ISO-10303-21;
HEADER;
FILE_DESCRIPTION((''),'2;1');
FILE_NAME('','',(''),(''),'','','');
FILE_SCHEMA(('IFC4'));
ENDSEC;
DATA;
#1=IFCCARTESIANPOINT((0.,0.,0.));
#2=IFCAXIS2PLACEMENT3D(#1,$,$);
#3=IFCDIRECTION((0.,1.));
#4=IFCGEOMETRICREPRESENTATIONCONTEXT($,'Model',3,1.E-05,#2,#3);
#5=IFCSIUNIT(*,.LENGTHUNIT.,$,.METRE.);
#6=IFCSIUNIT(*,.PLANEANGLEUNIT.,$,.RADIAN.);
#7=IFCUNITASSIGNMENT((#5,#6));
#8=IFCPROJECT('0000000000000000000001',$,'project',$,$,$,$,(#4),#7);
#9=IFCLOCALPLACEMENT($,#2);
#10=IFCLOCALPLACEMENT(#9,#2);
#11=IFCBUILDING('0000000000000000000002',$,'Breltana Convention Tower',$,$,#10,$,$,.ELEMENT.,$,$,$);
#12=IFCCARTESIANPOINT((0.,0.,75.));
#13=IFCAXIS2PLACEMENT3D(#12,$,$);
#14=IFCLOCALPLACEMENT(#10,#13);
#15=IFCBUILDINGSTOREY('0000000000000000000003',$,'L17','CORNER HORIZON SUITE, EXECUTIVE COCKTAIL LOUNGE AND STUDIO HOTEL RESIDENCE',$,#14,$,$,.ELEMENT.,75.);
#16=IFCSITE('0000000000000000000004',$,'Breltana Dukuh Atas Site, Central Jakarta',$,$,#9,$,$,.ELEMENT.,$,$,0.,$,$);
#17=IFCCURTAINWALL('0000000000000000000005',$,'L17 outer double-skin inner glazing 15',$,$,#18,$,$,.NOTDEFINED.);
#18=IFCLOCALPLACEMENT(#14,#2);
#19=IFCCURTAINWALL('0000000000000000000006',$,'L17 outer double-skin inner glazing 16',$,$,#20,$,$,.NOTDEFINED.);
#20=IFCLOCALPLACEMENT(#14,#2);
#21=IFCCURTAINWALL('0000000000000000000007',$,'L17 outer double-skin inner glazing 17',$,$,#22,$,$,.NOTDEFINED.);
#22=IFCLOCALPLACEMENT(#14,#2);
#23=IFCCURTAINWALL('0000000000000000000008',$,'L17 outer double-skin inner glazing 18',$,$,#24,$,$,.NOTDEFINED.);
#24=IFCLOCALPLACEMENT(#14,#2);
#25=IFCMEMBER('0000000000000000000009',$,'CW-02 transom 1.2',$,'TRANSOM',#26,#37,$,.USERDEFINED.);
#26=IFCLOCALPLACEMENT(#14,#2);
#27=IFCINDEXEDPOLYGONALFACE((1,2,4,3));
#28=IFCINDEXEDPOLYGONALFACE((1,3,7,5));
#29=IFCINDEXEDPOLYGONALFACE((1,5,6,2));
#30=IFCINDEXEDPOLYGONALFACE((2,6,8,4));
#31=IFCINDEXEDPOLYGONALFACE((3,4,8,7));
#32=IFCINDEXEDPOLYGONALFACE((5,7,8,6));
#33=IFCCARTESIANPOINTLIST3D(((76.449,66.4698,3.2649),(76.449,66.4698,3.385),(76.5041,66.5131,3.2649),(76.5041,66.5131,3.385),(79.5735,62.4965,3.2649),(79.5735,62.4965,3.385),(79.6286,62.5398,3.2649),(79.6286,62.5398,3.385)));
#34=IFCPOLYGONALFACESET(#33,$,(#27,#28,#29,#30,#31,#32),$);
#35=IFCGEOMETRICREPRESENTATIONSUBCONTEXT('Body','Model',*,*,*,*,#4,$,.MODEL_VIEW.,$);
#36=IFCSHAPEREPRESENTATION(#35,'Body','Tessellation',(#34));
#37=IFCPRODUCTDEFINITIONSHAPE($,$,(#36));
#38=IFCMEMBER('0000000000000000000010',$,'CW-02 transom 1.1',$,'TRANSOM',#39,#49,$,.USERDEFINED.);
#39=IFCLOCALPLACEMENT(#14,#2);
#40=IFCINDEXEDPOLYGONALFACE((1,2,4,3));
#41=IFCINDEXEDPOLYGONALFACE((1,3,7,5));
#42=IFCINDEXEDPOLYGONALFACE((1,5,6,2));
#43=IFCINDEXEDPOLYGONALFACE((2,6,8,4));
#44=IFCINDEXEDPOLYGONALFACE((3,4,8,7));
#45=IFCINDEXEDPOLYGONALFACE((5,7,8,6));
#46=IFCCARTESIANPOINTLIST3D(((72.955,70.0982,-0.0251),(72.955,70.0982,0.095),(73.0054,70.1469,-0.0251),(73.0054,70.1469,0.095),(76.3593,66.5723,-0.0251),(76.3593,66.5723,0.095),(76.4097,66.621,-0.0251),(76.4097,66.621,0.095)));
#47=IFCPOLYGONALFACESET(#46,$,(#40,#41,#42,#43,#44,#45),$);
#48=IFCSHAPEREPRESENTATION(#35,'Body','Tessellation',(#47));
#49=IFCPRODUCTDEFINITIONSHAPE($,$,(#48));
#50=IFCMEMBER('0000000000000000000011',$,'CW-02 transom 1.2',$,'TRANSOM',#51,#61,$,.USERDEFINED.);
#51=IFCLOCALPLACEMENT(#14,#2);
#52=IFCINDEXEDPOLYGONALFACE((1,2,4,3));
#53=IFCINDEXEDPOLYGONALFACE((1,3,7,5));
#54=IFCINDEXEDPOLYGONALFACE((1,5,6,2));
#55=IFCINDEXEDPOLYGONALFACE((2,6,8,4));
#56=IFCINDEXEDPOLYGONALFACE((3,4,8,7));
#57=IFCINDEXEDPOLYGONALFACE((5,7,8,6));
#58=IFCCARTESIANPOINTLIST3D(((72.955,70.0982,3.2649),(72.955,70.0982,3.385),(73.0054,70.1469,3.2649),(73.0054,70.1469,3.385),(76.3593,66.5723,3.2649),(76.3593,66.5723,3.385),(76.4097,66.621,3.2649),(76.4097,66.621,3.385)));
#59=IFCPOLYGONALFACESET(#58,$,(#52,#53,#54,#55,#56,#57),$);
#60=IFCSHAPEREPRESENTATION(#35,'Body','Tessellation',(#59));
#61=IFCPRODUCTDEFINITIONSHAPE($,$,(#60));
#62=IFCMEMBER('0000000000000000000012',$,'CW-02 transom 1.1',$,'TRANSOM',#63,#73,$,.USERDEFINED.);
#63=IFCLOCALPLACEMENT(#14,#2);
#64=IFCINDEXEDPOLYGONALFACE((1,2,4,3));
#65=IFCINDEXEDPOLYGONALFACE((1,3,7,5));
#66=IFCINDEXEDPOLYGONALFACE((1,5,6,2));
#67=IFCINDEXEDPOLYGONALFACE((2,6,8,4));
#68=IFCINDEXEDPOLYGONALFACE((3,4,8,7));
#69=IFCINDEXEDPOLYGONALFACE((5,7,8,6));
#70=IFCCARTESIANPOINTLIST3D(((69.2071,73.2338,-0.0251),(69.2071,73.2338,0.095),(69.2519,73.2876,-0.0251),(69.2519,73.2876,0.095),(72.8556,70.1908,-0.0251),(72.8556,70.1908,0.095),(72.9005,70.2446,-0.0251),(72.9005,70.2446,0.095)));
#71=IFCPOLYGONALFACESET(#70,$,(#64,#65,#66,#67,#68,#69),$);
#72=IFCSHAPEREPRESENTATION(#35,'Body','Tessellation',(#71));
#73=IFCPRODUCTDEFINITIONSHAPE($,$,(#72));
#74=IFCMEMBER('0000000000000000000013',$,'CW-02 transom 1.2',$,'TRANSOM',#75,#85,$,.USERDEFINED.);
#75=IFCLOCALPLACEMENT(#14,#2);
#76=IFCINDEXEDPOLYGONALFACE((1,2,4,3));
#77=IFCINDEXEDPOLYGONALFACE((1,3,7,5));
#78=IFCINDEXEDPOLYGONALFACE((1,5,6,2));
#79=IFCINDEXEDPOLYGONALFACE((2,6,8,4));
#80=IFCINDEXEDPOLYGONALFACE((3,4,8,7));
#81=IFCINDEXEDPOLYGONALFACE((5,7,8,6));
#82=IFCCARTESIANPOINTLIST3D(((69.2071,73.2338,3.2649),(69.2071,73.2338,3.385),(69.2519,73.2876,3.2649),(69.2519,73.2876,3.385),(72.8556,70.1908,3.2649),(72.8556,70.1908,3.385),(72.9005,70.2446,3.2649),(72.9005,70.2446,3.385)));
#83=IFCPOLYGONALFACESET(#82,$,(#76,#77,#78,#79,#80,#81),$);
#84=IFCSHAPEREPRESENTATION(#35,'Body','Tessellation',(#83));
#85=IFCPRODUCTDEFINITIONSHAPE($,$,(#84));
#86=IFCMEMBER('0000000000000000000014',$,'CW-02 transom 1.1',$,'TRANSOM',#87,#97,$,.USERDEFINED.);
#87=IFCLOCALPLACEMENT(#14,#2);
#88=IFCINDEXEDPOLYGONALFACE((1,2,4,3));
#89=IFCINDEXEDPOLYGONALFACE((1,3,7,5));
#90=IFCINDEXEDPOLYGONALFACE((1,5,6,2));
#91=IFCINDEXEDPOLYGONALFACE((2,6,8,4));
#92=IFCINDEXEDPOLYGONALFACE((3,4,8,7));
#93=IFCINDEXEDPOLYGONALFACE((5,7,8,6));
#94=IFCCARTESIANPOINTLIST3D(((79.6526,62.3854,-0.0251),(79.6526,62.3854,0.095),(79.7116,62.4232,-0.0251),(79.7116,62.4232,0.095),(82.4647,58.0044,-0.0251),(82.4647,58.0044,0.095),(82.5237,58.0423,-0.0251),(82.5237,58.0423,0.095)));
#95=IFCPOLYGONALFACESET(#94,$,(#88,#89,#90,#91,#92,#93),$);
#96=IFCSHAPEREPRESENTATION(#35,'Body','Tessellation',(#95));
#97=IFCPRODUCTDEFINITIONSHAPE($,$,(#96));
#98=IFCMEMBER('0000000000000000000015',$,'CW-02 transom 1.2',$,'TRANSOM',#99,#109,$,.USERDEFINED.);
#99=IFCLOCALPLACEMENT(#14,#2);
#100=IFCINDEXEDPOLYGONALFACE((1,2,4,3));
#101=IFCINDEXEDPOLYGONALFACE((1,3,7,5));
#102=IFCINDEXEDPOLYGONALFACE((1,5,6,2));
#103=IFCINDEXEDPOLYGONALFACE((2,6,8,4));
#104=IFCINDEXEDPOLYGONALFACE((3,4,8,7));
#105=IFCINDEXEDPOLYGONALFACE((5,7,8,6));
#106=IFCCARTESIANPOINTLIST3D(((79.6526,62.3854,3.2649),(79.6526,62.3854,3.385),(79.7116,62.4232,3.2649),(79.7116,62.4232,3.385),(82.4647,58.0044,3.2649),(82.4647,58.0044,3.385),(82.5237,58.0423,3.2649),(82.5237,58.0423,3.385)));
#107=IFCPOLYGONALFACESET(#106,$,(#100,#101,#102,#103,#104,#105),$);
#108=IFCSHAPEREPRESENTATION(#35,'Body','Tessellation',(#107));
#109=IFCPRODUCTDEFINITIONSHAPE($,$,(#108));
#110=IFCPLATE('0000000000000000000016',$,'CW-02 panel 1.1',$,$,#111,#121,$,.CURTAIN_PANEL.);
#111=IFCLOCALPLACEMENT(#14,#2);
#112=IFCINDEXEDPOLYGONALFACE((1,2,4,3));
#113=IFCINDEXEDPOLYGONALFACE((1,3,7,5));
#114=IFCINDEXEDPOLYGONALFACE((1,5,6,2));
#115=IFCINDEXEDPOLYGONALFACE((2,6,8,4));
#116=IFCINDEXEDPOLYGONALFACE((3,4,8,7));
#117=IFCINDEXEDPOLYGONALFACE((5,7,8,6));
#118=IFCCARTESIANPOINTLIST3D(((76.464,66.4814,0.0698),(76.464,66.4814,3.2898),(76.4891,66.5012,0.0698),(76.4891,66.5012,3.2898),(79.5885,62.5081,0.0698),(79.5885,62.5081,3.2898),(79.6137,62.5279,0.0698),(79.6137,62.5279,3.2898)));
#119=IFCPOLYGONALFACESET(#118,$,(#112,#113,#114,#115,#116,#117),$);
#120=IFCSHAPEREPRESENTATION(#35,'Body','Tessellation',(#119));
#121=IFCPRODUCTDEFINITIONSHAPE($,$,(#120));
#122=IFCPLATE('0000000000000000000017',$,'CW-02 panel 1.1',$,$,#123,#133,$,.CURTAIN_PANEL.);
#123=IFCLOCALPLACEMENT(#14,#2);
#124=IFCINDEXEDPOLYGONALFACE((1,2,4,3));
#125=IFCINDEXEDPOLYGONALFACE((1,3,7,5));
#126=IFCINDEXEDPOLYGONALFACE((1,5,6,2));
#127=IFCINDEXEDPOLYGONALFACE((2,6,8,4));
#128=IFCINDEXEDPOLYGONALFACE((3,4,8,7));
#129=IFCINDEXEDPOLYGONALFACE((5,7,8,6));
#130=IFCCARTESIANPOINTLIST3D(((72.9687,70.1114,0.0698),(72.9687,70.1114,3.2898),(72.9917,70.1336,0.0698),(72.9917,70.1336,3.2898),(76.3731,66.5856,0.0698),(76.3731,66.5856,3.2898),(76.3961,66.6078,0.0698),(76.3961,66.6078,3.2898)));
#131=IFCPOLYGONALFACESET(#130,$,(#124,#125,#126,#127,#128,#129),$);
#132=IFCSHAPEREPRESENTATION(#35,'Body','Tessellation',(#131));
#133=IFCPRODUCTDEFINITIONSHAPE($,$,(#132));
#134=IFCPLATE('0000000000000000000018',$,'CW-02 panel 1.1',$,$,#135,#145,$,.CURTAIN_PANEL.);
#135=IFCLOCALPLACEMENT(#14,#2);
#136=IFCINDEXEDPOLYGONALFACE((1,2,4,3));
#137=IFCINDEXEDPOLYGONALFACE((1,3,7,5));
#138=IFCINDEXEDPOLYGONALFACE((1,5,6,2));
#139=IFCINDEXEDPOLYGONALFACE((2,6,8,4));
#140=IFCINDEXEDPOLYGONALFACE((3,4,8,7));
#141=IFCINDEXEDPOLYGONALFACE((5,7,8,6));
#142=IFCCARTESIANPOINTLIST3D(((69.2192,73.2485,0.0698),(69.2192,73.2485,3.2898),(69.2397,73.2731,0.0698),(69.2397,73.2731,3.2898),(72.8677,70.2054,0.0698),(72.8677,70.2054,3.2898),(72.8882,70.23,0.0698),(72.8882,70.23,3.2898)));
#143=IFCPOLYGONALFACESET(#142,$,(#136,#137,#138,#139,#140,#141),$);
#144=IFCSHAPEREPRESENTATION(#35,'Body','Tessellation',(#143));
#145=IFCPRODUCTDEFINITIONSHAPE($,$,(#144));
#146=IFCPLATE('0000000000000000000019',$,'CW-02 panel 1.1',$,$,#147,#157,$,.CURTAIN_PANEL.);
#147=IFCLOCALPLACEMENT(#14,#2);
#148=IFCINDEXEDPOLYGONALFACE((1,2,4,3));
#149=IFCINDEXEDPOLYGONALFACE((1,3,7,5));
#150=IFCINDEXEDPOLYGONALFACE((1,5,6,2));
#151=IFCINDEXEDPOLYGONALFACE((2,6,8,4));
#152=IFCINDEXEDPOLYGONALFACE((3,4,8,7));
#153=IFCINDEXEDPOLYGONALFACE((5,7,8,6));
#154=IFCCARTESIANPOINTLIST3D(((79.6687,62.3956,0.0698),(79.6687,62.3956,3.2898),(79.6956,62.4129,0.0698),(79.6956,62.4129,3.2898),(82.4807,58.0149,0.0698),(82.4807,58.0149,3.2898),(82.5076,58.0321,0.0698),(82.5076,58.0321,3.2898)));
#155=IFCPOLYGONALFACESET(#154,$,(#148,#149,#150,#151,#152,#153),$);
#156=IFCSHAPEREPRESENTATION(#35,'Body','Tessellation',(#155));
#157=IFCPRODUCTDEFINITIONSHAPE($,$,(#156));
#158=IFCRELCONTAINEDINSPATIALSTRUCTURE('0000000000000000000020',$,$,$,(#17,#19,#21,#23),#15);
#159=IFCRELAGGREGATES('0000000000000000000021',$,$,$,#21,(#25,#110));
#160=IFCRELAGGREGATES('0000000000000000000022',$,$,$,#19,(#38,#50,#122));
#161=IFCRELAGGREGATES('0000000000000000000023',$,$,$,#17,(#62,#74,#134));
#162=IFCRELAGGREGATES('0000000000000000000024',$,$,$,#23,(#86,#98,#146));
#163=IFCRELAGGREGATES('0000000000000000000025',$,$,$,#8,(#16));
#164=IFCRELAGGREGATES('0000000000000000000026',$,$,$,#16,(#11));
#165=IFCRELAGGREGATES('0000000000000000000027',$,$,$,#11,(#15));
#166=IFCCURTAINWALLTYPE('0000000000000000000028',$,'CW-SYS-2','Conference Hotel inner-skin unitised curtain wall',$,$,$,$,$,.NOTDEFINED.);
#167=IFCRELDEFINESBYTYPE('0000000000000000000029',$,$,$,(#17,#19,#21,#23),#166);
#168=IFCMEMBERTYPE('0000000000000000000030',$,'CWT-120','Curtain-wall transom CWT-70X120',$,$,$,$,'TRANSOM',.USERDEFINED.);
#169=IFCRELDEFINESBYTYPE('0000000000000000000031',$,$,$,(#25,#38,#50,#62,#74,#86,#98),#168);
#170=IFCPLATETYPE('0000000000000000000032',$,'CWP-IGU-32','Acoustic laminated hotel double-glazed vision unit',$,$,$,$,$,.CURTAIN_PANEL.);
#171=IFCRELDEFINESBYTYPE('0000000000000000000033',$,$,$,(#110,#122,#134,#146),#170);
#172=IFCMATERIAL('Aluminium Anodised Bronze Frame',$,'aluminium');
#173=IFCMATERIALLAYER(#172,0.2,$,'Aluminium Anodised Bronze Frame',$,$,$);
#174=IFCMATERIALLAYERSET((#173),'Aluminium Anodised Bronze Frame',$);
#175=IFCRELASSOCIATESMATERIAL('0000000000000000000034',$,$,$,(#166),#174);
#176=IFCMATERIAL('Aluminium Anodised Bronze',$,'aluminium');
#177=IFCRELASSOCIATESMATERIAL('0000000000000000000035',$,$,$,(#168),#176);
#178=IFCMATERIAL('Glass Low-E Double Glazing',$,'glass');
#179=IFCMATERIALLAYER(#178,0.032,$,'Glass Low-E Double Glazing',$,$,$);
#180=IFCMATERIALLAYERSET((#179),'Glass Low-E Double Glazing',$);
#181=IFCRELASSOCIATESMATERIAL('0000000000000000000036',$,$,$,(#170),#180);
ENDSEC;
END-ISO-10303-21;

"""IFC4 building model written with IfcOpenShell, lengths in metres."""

from ifc_helpers import new_model, si_unit, direction, frame, origin, origin_2d, place, context, subcontext, project, spatial, rectangle, extrude, source, transform, mapped, material, layer, layer_set, material_profile, profile_set, type_object, element, aggregate, save


model = new_model("IFC4")

# Units and contexts
model_context = context("Model", 3, precision=1e-05, world=origin(), true_north=direction((0.0, 1.0)))
body_context = subcontext(model_context, "Body", "Model", "MODEL_VIEW")
ifc_project = project(units=[si_unit("LENGTHUNIT", "METRE"), si_unit("PLANEANGLEUNIT", "RADIAN")], contexts=[model_context])

# Site, building, storey
site_placement = place(None, origin())
site = spatial("IfcSite", under=ifc_project, at=site_placement, Name="Breltana Dukuh Atas Site, Central Jakarta", CompositionType="ELEMENT", RefElevation=0.0)
building_placement = place(site_placement, origin())
building = spatial("IfcBuilding", under=site, at=building_placement, Name="Breltana Convention Tower", CompositionType="ELEMENT")
storey_placement = place(building_placement, frame((0.0, 0.0, 75.0)))
storey = spatial("IfcBuildingStorey", under=building, at=storey_placement, Name="L17", Description="CORNER HORIZON SUITE, EXECUTIVE COCKTAIL LOUNGE AND STUDIO HOTEL RESIDENCE", CompositionType="ELEMENT", Elevation=75.0)

# Curtain walls
ifc_material_1 = material(Name="Aluminium Anodised Bronze Frame", Category="aluminium")
ifc_layer_1 = layer(ifc_material_1, 0.2, Name="Aluminium Anodised Bronze Frame")
ifc_layer_set_1 = layer_set([ifc_layer_1], Name="Aluminium Anodised Bronze Frame")
curtain_wall_type = type_object("IfcCurtainWallType", Name="CW-SYS-2", Description="Conference Hotel inner-skin unitised curtain wall", PredefinedType="NOTDEFINED", material=ifc_layer_set_1)
curtain_wall_1_placement = place(storey_placement, origin())
curtain_wall_1 = element("IfcCurtainWall", 1, at=curtain_wall_1_placement, inside=storey, type_object=curtain_wall_type, Name="L17 outer double-skin inner glazing 15", PredefinedType="NOTDEFINED")
ifc_material_2 = material(Name="Aluminium Anodised Bronze", Category="aluminium")
curtain_wall_2_placement = place(storey_placement, origin())
curtain_wall_2 = element("IfcCurtainWall", 2, at=curtain_wall_2_placement, inside=storey, type_object=curtain_wall_type, Name="L17 outer double-skin inner glazing 16", PredefinedType="NOTDEFINED")
curtain_wall_3_placement = place(storey_placement, origin())
curtain_wall_3 = element("IfcCurtainWall", 3, at=curtain_wall_3_placement, inside=storey, type_object=curtain_wall_type, Name="L17 outer double-skin inner glazing 17", PredefinedType="NOTDEFINED")
curtain_wall_4_placement = place(storey_placement, origin())
curtain_wall_4 = element("IfcCurtainWall", 4, at=curtain_wall_4_placement, inside=storey, type_object=curtain_wall_type, Name="L17 outer double-skin inner glazing 18", PredefinedType="NOTDEFINED")

# Members
ifc_material_profile_1 = material_profile(ifc_material_2, rectangle(XDim=0.0701, YDim=0.1201, at=origin_2d()), Name="CWT-70X120")
ifc_profile_set_1 = profile_set([ifc_material_profile_1], Name="Aluminium Anodised Bronze")
member_type_1 = type_object("IfcMemberType", Name="CWT-120", Description="Curtain-wall transom CWT-70X120", ElementType="TRANSOM", PredefinedType="USERDEFINED", material=ifc_profile_set_1)
shared_shape_1 = source(origin(), body_context, "Body", "SweptSolid", [
    extrude(rectangle(XDim=0.0701, YDim=0.1201, at=origin_2d()), origin(), (0.0, 0.0, 1.0), 5.0547),
])
member_1_placement = place(storey_placement, frame((76.4766, 66.4915, 3.325), z_axis=(0.618135, -0.786072, 0.0), x_axis=(0.786072, 0.618135, 0.0)))
member_1 = element("IfcMember", 5, at=member_1_placement, type_object=member_type_1, Name="CW-02 transom 1.2", ObjectType="TRANSOM", PredefinedType="USERDEFINED", context=body_context, shape_type="MappedRepresentation", body=[
    mapped(shared_shape_1, transform((0.0, 0.0, 0.0), scale=1.0)),
])
shared_shape_2 = source(origin(), body_context, "Body", "SweptSolid", [
    extrude(rectangle(XDim=0.0701, YDim=0.1201, at=origin_2d()), origin(), (0.0, 0.0, 1.0), 4.9011),
])
member_2_placement = place(storey_placement, frame((72.9802, 70.1226, 0.0349), z_axis=(0.694595, -0.719401, 0.0), x_axis=(0.719401, 0.694595, 0.0)))
member_2 = element("IfcMember", 6, at=member_2_placement, type_object=member_type_1, Name="CW-02 transom 1.1", ObjectType="TRANSOM", PredefinedType="USERDEFINED", context=body_context, shape_type="MappedRepresentation", body=[
    mapped(shared_shape_2, transform((0.0, 0.0, 0.0), scale=1.0)),
])
member_3_placement = place(storey_placement, frame((72.9802, 70.1226, 3.325), z_axis=(0.694595, -0.719401, 0.0), x_axis=(0.719401, 0.694595, 0.0)))
member_3 = element("IfcMember", 7, at=member_3_placement, type_object=member_type_1, Name="CW-02 transom 1.2", ObjectType="TRANSOM", PredefinedType="USERDEFINED", context=body_context, shape_type="MappedRepresentation", body=[
    mapped(shared_shape_2, transform((0.0, 0.0, 0.0), scale=1.0)),
])
shared_shape_3 = source(origin(), body_context, "Body", "SweptSolid", [
    extrude(rectangle(XDim=0.0701, YDim=0.1201, at=origin_2d()), origin(), (0.0, 0.0, 1.0), 4.751),
])
member_4_placement = place(storey_placement, frame((69.2295, 73.2607, 0.0349), z_axis=(0.767952, -0.640508, 0.0), x_axis=(0.640508, 0.767952, 0.0)))
member_4 = element("IfcMember", 8, at=member_4_placement, type_object=member_type_1, Name="CW-02 transom 1.1", ObjectType="TRANSOM", PredefinedType="USERDEFINED", context=body_context, shape_type="MappedRepresentation", body=[
    mapped(shared_shape_3, transform((0.0, 0.0, 0.0), scale=1.0)),
])
member_5_placement = place(storey_placement, frame((69.2295, 73.2607, 3.325), z_axis=(0.767952, -0.640508, 0.0), x_axis=(0.640508, 0.767952, 0.0)))
member_5 = element("IfcMember", 9, at=member_5_placement, type_object=member_type_1, Name="CW-02 transom 1.2", ObjectType="TRANSOM", PredefinedType="USERDEFINED", context=body_context, shape_type="MappedRepresentation", body=[
    mapped(shared_shape_3, transform((0.0, 0.0, 0.0), scale=1.0)),
])
shared_shape_4 = source(origin(), body_context, "Body", "SweptSolid", [
    extrude(rectangle(XDim=0.0701, YDim=0.1201, at=origin_2d()), origin(), (0.0, 0.0, 1.0), 5.2058),
])
member_6_placement = place(storey_placement, frame((79.6821, 62.4043, 0.0349), z_axis=(0.540179, -0.84155, 0.0), x_axis=(0.84155, 0.540179, 0.0)))
member_6 = element("IfcMember", 10, at=member_6_placement, type_object=member_type_1, Name="CW-02 transom 1.1", ObjectType="TRANSOM", PredefinedType="USERDEFINED", context=body_context, shape_type="MappedRepresentation", body=[
    mapped(shared_shape_4, transform((0.0, 0.0, 0.0), scale=1.0)),
])
member_7_placement = place(storey_placement, frame((79.6821, 62.4043, 3.325), z_axis=(0.540179, -0.84155, 0.0), x_axis=(0.84155, 0.540179, 0.0)))
member_7 = element("IfcMember", 11, at=member_7_placement, type_object=member_type_1, Name="CW-02 transom 1.2", ObjectType="TRANSOM", PredefinedType="USERDEFINED", context=body_context, shape_type="MappedRepresentation", body=[
    mapped(shared_shape_4, transform((0.0, 0.0, 0.0), scale=1.0)),
])

# Plates
ifc_material_3 = material(Name="Glass Low-E Double Glazing", Category="glass")
ifc_layer_2 = layer(ifc_material_3, 0.032, Name="Glass Low-E Double Glazing")
ifc_layer_set_2 = layer_set([ifc_layer_2], Name="Glass Low-E Double Glazing")
plate_type = type_object("IfcPlateType", Name="CWP-IGU-32", Description="Acoustic laminated hotel double-glazed vision unit", PredefinedType="CURTAIN_PANEL", material=ifc_layer_set_2)
shared_shape_5 = source(origin(), body_context, "Body", "SweptSolid", [
    extrude(rectangle(XDim=5.0547, YDim=0.032, at=origin_2d()), origin(), (0.0, 0.0, 1.0), 3.22),
])
plate_1_placement = place(storey_placement, frame((78.0388, 64.5046, 0.0698), z_axis=(0.0, 0.0, 1.0), x_axis=(0.618154, -0.786057, 0.0)))
plate_1 = element("IfcPlate", 12, at=plate_1_placement, type_object=plate_type, Name="CW-02 panel 1.1", PredefinedType="CURTAIN_PANEL", context=body_context, shape_type="MappedRepresentation", body=[
    mapped(shared_shape_5, transform((0.0, 0.0, 0.0), scale=1.0)),
])
aggregate(curtain_wall_3, [member_1, plate_1])
shared_shape_6 = source(origin(), body_context, "Body", "SweptSolid", [
    extrude(rectangle(XDim=4.9011, YDim=0.032, at=origin_2d()), origin(), (0.0, 0.0, 1.0), 3.22),
])
plate_2_placement = place(storey_placement, frame((74.6824, 68.3596, 0.0698), z_axis=(0.0, 0.0, 1.0), x_axis=(0.69461, -0.719386, 0.0)))
plate_2 = element("IfcPlate", 13, at=plate_2_placement, type_object=plate_type, Name="CW-02 panel 1.1", PredefinedType="CURTAIN_PANEL", context=body_context, shape_type="MappedRepresentation", body=[
    mapped(shared_shape_6, transform((0.0, 0.0, 0.0), scale=1.0)),
])
aggregate(curtain_wall_2, [member_2, member_3, plate_2])
shared_shape_7 = source(origin(), body_context, "Body", "SweptSolid", [
    extrude(rectangle(XDim=4.751, YDim=0.032, at=origin_2d()), origin(), (0.0, 0.0, 1.0), 3.22),
])
plate_3_placement = place(storey_placement, frame((71.0537, 71.7393, 0.0698), z_axis=(0.0, 0.0, 1.0), x_axis=(0.767941, -0.64052, 0.0)))
plate_3 = element("IfcPlate", 14, at=plate_3_placement, type_object=plate_type, Name="CW-02 panel 1.1", PredefinedType="CURTAIN_PANEL", context=body_context, shape_type="MappedRepresentation", body=[
    mapped(shared_shape_7, transform((0.0, 0.0, 0.0), scale=1.0)),
])
aggregate(curtain_wall_1, [member_4, member_5, plate_3])
shared_shape_8 = source(origin(), body_context, "Body", "SweptSolid", [
    extrude(rectangle(XDim=5.2056, YDim=0.032, at=origin_2d()), origin(), (0.0, 0.0, 1.0), 3.22),
])
plate_4_placement = place(storey_placement, frame((81.0881, 60.2139, 0.0698), z_axis=(0.0, 0.0, 1.0), x_axis=(0.540181, -0.841549, 0.0)))
plate_4 = element("IfcPlate", 15, at=plate_4_placement, type_object=plate_type, Name="CW-02 panel 1.1", PredefinedType="CURTAIN_PANEL", context=body_context, shape_type="MappedRepresentation", body=[
    mapped(shared_shape_8, transform((0.0, 0.0, 0.0), scale=1.0)),
])
aggregate(curtain_wall_4, [member_6, member_7, plate_4])

save(model, "model.ifc")
